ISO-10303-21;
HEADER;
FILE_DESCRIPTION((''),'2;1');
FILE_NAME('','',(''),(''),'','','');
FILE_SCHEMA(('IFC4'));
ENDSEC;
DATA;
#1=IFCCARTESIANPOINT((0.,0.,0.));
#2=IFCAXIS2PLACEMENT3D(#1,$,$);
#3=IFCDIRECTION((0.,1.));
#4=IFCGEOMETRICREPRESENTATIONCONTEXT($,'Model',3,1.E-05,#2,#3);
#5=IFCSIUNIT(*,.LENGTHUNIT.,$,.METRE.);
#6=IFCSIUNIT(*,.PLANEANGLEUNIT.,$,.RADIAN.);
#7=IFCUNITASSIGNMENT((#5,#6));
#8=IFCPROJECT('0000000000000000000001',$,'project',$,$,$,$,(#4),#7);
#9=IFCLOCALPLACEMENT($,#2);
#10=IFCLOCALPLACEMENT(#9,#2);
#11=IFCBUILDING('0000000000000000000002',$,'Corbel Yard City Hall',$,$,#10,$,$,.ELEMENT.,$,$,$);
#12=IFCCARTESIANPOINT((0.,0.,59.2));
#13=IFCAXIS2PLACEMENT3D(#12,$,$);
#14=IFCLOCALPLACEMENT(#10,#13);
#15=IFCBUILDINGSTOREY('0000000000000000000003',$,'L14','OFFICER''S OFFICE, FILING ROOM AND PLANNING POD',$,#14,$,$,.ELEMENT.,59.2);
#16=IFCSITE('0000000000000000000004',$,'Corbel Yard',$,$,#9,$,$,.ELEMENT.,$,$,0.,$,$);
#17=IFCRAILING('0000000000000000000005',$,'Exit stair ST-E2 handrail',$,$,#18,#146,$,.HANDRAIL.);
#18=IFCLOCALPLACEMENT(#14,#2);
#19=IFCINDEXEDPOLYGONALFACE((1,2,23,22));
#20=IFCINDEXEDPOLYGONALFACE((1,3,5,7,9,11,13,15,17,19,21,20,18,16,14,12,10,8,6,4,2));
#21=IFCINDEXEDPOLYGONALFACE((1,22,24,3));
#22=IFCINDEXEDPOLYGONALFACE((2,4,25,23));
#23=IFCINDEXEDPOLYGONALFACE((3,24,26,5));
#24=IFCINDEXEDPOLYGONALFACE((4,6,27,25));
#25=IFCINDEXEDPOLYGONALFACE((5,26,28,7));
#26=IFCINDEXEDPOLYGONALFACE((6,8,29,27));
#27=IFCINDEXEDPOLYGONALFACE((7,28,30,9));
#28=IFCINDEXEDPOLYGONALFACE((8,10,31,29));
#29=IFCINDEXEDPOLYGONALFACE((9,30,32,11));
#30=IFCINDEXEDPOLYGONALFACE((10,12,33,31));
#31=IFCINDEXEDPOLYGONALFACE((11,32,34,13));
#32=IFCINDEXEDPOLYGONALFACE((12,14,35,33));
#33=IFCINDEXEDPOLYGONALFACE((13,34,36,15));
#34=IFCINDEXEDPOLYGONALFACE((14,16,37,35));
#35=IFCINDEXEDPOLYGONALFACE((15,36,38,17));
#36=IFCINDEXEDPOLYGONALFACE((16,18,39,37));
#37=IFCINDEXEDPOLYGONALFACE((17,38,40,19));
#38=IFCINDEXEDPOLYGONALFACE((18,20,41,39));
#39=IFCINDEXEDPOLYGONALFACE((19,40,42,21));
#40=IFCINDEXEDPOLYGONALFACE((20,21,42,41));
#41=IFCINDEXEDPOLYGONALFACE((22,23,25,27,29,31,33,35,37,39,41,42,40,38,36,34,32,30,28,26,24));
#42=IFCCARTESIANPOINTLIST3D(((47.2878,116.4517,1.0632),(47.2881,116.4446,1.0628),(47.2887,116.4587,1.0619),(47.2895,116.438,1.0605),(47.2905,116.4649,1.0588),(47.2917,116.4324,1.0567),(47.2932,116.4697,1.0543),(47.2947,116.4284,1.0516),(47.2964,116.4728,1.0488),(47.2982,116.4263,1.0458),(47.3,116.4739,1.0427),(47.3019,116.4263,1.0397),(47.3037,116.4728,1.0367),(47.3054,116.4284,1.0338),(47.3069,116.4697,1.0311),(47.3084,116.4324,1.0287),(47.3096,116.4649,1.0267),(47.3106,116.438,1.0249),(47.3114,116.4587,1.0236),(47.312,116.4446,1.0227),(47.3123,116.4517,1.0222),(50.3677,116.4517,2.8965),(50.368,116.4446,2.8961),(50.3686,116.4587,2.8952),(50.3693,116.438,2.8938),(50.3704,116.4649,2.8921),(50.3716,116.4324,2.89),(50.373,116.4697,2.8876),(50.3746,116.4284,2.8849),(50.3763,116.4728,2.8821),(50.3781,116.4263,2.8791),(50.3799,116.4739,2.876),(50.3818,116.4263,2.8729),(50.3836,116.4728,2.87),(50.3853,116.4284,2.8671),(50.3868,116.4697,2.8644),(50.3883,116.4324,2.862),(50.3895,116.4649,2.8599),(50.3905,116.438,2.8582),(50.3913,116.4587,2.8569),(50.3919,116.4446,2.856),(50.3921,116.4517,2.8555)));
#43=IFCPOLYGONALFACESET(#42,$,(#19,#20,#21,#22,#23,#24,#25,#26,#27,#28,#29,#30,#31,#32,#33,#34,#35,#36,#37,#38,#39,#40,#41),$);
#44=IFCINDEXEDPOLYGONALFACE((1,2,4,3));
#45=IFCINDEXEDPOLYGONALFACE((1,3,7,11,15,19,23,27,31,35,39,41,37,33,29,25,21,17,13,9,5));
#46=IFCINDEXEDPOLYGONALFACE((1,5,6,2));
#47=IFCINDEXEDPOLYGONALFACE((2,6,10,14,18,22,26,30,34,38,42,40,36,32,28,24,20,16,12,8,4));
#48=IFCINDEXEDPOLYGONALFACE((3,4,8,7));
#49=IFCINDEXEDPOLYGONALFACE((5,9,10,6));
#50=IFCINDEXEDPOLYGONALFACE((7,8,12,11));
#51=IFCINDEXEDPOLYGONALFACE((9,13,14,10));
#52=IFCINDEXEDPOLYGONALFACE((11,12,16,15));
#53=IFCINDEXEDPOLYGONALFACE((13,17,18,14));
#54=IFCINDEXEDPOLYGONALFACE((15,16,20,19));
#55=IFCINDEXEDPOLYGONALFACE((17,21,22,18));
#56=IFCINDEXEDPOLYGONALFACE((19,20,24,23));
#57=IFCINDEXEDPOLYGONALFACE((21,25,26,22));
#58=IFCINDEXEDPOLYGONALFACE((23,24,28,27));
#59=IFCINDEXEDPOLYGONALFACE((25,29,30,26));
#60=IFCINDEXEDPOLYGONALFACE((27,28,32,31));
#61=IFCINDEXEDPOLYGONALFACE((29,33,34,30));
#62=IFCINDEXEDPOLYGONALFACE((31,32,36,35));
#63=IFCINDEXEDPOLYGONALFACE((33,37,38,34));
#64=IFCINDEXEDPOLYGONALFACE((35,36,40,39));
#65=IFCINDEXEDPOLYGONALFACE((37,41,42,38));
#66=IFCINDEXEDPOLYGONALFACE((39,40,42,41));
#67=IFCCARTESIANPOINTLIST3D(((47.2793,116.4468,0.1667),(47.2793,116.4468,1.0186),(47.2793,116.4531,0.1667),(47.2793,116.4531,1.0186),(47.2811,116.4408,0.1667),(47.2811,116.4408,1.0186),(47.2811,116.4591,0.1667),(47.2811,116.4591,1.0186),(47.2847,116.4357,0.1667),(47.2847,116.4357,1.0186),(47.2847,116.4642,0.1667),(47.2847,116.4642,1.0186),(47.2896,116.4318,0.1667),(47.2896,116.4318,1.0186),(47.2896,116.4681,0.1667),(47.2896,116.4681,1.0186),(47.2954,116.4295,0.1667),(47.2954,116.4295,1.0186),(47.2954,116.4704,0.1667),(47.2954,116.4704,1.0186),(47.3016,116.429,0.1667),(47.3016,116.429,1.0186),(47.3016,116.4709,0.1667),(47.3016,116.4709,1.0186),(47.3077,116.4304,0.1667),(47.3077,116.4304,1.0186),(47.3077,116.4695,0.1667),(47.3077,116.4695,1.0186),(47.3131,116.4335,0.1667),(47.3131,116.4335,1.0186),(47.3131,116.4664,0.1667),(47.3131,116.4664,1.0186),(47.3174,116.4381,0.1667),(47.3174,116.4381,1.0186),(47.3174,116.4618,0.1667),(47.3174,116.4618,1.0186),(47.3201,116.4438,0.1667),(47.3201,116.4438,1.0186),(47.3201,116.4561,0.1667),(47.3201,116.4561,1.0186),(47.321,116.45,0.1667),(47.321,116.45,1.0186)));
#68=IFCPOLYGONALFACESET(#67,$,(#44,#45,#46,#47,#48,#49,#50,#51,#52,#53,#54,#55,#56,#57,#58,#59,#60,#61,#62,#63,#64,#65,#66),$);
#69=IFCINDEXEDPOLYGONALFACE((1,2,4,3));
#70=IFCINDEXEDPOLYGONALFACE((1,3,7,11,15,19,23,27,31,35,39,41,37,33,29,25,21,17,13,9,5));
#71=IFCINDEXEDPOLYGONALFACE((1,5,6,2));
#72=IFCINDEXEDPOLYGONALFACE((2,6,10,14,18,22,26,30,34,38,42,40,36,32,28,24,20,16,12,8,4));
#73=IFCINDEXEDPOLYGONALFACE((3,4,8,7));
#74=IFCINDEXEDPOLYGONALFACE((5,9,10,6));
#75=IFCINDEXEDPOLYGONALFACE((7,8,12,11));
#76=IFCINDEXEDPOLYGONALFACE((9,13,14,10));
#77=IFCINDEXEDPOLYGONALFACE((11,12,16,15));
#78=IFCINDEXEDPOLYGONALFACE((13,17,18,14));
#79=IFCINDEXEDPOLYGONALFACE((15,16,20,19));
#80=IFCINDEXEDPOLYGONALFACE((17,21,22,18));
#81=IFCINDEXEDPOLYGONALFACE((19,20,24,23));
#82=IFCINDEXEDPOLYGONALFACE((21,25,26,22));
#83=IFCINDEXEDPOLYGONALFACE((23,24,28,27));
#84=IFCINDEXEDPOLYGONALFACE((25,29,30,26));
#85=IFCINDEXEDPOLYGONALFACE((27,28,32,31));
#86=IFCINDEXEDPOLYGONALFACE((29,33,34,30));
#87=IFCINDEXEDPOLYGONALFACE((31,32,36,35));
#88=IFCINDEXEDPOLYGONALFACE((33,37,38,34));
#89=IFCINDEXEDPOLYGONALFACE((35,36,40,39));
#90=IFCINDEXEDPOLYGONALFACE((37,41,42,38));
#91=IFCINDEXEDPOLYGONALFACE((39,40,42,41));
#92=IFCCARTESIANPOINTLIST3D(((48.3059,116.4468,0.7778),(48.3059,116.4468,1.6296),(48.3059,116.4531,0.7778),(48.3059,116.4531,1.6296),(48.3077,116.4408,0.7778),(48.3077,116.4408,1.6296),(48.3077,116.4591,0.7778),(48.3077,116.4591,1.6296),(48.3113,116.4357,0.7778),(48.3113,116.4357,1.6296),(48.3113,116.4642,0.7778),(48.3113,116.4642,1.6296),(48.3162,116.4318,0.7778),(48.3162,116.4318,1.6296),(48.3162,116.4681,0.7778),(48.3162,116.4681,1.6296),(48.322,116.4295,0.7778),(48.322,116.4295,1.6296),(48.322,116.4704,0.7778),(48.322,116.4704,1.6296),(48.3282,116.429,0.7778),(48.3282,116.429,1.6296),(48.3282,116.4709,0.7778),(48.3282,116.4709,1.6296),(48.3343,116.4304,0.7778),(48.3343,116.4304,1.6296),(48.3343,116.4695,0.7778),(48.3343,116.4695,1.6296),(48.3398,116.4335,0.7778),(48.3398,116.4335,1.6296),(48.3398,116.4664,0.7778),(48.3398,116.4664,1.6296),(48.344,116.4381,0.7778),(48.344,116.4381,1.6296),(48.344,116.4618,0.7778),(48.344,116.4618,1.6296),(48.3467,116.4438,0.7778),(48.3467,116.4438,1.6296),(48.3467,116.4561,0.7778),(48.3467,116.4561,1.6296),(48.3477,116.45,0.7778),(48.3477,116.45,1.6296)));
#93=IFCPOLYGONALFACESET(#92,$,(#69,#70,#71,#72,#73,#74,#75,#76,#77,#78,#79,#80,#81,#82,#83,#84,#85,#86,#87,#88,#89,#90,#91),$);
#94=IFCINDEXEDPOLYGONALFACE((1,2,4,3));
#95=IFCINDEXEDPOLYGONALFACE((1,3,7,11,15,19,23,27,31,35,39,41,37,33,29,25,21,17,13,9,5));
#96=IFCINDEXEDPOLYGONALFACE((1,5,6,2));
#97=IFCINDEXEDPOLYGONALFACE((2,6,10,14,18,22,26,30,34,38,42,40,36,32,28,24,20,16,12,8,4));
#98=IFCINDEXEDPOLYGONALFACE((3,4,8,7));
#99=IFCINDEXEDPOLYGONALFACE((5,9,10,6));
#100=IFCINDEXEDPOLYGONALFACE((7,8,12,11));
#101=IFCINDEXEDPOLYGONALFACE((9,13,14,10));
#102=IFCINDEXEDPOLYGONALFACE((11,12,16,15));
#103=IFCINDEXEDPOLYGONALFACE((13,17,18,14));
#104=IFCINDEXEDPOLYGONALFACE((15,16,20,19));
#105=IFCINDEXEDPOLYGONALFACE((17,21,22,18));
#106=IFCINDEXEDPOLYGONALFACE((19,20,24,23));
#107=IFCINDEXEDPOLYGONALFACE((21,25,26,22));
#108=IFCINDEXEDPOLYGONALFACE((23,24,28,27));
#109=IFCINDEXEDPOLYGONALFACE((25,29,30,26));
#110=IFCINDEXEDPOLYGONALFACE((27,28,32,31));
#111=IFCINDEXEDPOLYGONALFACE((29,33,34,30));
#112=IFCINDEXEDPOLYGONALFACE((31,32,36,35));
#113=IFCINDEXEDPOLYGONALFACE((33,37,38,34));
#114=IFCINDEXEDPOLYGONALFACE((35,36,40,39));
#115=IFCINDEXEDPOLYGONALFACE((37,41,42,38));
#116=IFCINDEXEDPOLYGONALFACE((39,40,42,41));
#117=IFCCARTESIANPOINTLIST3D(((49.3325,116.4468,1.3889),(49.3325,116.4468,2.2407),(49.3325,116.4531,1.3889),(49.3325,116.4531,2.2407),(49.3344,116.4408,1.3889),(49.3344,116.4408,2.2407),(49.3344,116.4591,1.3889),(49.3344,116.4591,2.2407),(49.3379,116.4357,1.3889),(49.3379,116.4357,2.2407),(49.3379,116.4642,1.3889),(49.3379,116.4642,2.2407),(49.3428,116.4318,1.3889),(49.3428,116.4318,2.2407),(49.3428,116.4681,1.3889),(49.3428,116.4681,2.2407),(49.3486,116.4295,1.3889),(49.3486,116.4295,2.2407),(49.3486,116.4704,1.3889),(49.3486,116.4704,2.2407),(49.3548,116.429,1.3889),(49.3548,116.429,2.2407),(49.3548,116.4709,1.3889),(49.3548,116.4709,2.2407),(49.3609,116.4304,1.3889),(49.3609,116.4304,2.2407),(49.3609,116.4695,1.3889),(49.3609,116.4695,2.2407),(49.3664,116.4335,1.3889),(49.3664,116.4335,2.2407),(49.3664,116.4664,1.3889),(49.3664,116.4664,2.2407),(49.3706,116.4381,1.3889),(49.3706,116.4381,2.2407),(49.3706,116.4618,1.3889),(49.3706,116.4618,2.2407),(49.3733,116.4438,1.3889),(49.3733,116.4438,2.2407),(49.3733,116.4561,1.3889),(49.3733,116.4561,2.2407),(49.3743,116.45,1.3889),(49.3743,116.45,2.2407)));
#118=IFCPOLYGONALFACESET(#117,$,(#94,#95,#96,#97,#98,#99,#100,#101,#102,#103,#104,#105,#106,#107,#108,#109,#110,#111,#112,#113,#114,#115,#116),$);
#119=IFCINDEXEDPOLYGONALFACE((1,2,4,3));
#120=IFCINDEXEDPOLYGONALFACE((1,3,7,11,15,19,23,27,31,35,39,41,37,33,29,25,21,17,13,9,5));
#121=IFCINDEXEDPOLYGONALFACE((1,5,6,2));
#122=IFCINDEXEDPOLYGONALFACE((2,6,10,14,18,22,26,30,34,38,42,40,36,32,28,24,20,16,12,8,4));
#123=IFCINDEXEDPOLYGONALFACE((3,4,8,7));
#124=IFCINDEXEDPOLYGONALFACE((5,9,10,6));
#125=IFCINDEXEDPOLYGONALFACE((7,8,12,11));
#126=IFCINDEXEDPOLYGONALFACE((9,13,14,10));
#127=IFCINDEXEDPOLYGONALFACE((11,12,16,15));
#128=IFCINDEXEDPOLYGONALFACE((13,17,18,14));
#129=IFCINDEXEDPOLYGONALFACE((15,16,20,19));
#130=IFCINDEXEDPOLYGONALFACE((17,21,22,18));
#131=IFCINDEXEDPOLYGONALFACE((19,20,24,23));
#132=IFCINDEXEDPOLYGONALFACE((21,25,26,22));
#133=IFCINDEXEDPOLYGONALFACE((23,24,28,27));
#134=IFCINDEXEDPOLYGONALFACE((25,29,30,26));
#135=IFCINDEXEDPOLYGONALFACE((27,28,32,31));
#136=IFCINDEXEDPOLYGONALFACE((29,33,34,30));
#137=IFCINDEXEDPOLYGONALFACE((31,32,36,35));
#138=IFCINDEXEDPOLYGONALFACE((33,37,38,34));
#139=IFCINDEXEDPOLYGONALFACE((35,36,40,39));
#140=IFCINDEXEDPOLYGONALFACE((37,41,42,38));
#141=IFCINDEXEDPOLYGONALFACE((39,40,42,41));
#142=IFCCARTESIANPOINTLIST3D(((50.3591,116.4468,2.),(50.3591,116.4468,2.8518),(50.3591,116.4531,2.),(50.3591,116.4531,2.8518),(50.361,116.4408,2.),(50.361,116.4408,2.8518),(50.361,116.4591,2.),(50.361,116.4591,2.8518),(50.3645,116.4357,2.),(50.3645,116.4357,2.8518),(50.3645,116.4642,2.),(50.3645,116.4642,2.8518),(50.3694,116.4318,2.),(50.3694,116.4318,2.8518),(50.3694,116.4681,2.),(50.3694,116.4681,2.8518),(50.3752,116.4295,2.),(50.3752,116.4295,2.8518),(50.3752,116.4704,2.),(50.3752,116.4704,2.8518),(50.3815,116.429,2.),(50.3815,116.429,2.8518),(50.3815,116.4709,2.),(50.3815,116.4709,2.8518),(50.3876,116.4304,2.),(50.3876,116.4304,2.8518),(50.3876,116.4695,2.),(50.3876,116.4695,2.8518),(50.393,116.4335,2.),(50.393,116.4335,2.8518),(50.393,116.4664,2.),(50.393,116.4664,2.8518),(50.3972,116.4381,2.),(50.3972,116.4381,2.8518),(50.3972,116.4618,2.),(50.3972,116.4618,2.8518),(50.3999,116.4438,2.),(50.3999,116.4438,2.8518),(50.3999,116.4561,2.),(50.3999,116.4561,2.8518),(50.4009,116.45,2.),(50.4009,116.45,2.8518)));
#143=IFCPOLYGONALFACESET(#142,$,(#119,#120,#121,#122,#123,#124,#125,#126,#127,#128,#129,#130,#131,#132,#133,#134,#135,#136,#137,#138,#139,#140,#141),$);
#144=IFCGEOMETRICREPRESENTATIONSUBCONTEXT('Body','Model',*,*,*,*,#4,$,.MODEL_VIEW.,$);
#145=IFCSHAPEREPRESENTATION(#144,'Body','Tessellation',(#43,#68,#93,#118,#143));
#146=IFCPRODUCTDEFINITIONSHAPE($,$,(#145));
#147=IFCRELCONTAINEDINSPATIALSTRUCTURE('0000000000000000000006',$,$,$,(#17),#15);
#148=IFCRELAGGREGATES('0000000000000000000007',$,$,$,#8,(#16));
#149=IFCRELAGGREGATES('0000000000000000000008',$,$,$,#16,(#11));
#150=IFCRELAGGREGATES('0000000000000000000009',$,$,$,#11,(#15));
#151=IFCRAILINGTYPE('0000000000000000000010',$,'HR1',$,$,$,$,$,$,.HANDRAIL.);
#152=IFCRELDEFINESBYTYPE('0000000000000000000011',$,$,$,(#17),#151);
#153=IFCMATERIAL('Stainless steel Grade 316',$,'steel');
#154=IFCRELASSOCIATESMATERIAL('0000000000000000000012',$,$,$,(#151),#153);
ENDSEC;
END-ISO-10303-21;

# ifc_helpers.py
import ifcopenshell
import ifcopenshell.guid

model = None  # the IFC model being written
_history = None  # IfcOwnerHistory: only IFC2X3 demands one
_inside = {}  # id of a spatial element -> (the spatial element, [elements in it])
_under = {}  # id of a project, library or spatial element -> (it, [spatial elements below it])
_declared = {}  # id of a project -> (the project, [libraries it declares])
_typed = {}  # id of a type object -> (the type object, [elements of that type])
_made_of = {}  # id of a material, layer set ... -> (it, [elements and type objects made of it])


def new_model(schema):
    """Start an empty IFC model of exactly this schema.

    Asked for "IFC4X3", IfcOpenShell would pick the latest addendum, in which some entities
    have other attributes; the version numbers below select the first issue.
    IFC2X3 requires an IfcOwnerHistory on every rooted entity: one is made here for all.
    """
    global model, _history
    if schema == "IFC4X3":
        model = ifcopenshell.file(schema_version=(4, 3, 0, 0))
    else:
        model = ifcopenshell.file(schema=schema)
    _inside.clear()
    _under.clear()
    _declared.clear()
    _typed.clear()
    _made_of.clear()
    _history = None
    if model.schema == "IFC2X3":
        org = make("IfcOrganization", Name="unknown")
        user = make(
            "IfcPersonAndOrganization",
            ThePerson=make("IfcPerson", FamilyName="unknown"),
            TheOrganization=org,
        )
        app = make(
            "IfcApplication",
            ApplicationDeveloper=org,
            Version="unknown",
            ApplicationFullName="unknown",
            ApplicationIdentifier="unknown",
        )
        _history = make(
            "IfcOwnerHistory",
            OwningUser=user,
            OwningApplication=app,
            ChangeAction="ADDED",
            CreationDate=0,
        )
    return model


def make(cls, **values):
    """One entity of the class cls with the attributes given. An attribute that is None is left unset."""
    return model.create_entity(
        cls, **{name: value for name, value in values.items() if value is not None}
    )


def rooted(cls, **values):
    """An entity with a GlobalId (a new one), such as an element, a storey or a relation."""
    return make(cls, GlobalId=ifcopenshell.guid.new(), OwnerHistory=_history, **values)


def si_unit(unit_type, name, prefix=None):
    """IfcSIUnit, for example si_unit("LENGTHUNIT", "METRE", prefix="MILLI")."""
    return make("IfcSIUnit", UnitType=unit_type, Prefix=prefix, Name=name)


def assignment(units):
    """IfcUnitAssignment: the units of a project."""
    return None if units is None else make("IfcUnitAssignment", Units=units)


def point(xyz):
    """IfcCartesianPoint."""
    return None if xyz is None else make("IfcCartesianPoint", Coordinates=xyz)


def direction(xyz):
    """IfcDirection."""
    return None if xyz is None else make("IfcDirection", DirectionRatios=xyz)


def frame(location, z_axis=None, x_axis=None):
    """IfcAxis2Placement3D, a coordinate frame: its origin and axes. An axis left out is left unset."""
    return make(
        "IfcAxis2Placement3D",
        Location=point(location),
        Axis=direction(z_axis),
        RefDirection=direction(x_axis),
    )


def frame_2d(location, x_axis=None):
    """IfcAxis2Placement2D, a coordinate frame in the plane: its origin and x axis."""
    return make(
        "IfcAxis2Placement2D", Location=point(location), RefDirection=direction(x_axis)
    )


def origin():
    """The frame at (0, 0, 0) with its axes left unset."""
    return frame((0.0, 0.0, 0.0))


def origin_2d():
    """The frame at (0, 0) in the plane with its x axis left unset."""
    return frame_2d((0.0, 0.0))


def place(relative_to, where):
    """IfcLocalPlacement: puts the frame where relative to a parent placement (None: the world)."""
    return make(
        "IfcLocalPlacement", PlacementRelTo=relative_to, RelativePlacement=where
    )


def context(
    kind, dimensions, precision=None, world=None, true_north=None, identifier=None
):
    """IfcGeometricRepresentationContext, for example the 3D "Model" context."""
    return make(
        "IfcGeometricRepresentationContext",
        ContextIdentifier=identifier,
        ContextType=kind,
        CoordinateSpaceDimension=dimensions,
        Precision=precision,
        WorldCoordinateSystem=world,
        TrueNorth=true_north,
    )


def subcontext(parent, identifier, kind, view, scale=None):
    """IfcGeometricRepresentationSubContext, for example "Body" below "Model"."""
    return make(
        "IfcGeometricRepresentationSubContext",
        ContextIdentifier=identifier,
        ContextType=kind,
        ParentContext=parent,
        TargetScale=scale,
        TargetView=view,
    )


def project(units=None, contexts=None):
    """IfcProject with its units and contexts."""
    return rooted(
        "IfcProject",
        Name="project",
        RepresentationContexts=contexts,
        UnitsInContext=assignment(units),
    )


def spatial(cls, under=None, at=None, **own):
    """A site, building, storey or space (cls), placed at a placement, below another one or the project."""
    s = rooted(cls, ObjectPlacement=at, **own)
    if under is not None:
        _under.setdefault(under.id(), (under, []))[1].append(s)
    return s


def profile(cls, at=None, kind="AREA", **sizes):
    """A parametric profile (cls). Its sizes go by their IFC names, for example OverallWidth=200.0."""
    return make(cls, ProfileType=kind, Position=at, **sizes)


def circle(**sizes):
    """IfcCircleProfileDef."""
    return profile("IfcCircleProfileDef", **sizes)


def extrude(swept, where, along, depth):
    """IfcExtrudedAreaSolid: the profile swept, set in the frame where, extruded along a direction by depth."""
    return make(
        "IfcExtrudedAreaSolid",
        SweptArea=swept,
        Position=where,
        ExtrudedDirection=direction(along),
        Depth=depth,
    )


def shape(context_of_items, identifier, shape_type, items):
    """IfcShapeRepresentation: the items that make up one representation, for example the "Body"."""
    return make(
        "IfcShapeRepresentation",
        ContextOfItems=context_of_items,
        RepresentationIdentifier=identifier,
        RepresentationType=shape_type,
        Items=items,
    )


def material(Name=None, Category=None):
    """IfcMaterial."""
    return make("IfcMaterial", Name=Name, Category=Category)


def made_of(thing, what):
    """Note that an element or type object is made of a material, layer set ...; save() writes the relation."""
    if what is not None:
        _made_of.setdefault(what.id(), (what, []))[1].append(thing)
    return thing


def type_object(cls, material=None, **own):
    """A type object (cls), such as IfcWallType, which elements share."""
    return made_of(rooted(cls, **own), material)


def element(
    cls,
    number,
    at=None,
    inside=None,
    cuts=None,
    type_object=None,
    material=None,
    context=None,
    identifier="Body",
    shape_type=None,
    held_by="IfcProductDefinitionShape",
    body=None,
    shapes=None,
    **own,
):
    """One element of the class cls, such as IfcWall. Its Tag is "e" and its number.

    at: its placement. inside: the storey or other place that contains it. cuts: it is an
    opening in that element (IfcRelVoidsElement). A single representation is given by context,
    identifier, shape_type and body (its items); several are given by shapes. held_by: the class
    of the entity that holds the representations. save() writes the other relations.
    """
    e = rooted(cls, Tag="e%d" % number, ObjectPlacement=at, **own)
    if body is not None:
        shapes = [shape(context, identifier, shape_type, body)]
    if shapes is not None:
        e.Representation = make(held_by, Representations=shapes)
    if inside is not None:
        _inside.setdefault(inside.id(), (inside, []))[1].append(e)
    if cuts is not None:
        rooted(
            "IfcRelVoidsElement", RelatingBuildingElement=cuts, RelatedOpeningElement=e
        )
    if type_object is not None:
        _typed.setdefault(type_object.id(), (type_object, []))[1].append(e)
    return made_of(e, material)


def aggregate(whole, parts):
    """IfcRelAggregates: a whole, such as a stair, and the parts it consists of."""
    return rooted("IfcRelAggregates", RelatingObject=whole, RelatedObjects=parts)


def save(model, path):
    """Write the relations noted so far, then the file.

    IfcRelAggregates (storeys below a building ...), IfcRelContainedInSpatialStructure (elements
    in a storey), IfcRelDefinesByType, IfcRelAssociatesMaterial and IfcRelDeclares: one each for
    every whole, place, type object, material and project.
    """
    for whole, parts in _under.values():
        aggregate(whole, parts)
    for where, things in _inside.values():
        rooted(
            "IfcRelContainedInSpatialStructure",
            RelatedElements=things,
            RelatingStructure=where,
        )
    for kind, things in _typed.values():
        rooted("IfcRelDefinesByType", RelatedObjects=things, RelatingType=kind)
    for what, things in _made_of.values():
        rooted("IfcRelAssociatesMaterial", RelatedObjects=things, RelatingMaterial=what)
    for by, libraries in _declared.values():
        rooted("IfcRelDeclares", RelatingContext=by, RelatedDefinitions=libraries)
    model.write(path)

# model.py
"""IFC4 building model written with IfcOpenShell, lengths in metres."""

from ifc_helpers import new_model, si_unit, direction, frame, origin, origin_2d, place, context, subcontext, project, spatial, circle, extrude, material, type_object, element, save


model = new_model("IFC4")

# Units and contexts
model_context = context("Model", 3, precision=1e-05, world=origin(), true_north=direction((0.0, 1.0)))
body_context = subcontext(model_context, "Body", "Model", "MODEL_VIEW")
ifc_project = project(units=[si_unit("LENGTHUNIT", "METRE"), si_unit("PLANEANGLEUNIT", "RADIAN")], contexts=[model_context])

# Site, building, storey
site_placement = place(None, origin())
site = spatial("IfcSite", under=ifc_project, at=site_placement, Name="Corbel Yard", CompositionType="ELEMENT", RefElevation=0.0)
building_placement = place(site_placement, origin())
building = spatial("IfcBuilding", under=site, at=building_placement, Name="Corbel Yard City Hall", CompositionType="ELEMENT")
storey_placement = place(building_placement, frame((0.0, 0.0, 59.2)))
storey = spatial("IfcBuildingStorey", under=building, at=storey_placement, Name="L14", Description="OFFICER'S OFFICE, FILING ROOM AND PLANNING POD", CompositionType="ELEMENT", Elevation=59.2)

# Shared definitions
ifc_material_1 = material(Name="Stainless steel Grade 316", Category="steel")

# Railing
railing_type = type_object("IfcRailingType", Name="HR1", PredefinedType="HANDRAIL", material=ifc_material_1)
for number, where, name in (
    (1, (47.3, 116.45, 0.1667), "Exit stair ST-E2 handrail"),
):
    element("IfcRailing", number, at=place(storey_placement, frame(where)), inside=storey, type_object=railing_type, Name=name, PredefinedType="HANDRAIL", context=body_context, shape_type="SweptSolid", body=[
        extrude(circle(Radius=0.0239, at=origin_2d()), frame((0.0, 0.0, 0.876), z_axis=(0.859291, 0.0, 0.511487), x_axis=(0.0, 1.0, 0.0)), (0.0, 0.0, 1.0), 3.5842),
        extrude(circle(Radius=0.021, at=origin_2d()), origin(), (0.0, 0.0, 1.0), 0.8518),
        extrude(circle(Radius=0.021, at=origin_2d()), frame((1.0266, 0.0, 0.6111)), (0.0, 0.0, 1.0), 0.8518),
        extrude(circle(Radius=0.021, at=origin_2d()), frame((2.0532, 0.0, 1.2222)), (0.0, 0.0, 1.0), 0.8518),
        extrude(circle(Radius=0.021, at=origin_2d()), frame((3.0798, 0.0, 1.8333)), (0.0, 0.0, 1.0), 0.8518),
    ])

save(model, "model.ifc")
